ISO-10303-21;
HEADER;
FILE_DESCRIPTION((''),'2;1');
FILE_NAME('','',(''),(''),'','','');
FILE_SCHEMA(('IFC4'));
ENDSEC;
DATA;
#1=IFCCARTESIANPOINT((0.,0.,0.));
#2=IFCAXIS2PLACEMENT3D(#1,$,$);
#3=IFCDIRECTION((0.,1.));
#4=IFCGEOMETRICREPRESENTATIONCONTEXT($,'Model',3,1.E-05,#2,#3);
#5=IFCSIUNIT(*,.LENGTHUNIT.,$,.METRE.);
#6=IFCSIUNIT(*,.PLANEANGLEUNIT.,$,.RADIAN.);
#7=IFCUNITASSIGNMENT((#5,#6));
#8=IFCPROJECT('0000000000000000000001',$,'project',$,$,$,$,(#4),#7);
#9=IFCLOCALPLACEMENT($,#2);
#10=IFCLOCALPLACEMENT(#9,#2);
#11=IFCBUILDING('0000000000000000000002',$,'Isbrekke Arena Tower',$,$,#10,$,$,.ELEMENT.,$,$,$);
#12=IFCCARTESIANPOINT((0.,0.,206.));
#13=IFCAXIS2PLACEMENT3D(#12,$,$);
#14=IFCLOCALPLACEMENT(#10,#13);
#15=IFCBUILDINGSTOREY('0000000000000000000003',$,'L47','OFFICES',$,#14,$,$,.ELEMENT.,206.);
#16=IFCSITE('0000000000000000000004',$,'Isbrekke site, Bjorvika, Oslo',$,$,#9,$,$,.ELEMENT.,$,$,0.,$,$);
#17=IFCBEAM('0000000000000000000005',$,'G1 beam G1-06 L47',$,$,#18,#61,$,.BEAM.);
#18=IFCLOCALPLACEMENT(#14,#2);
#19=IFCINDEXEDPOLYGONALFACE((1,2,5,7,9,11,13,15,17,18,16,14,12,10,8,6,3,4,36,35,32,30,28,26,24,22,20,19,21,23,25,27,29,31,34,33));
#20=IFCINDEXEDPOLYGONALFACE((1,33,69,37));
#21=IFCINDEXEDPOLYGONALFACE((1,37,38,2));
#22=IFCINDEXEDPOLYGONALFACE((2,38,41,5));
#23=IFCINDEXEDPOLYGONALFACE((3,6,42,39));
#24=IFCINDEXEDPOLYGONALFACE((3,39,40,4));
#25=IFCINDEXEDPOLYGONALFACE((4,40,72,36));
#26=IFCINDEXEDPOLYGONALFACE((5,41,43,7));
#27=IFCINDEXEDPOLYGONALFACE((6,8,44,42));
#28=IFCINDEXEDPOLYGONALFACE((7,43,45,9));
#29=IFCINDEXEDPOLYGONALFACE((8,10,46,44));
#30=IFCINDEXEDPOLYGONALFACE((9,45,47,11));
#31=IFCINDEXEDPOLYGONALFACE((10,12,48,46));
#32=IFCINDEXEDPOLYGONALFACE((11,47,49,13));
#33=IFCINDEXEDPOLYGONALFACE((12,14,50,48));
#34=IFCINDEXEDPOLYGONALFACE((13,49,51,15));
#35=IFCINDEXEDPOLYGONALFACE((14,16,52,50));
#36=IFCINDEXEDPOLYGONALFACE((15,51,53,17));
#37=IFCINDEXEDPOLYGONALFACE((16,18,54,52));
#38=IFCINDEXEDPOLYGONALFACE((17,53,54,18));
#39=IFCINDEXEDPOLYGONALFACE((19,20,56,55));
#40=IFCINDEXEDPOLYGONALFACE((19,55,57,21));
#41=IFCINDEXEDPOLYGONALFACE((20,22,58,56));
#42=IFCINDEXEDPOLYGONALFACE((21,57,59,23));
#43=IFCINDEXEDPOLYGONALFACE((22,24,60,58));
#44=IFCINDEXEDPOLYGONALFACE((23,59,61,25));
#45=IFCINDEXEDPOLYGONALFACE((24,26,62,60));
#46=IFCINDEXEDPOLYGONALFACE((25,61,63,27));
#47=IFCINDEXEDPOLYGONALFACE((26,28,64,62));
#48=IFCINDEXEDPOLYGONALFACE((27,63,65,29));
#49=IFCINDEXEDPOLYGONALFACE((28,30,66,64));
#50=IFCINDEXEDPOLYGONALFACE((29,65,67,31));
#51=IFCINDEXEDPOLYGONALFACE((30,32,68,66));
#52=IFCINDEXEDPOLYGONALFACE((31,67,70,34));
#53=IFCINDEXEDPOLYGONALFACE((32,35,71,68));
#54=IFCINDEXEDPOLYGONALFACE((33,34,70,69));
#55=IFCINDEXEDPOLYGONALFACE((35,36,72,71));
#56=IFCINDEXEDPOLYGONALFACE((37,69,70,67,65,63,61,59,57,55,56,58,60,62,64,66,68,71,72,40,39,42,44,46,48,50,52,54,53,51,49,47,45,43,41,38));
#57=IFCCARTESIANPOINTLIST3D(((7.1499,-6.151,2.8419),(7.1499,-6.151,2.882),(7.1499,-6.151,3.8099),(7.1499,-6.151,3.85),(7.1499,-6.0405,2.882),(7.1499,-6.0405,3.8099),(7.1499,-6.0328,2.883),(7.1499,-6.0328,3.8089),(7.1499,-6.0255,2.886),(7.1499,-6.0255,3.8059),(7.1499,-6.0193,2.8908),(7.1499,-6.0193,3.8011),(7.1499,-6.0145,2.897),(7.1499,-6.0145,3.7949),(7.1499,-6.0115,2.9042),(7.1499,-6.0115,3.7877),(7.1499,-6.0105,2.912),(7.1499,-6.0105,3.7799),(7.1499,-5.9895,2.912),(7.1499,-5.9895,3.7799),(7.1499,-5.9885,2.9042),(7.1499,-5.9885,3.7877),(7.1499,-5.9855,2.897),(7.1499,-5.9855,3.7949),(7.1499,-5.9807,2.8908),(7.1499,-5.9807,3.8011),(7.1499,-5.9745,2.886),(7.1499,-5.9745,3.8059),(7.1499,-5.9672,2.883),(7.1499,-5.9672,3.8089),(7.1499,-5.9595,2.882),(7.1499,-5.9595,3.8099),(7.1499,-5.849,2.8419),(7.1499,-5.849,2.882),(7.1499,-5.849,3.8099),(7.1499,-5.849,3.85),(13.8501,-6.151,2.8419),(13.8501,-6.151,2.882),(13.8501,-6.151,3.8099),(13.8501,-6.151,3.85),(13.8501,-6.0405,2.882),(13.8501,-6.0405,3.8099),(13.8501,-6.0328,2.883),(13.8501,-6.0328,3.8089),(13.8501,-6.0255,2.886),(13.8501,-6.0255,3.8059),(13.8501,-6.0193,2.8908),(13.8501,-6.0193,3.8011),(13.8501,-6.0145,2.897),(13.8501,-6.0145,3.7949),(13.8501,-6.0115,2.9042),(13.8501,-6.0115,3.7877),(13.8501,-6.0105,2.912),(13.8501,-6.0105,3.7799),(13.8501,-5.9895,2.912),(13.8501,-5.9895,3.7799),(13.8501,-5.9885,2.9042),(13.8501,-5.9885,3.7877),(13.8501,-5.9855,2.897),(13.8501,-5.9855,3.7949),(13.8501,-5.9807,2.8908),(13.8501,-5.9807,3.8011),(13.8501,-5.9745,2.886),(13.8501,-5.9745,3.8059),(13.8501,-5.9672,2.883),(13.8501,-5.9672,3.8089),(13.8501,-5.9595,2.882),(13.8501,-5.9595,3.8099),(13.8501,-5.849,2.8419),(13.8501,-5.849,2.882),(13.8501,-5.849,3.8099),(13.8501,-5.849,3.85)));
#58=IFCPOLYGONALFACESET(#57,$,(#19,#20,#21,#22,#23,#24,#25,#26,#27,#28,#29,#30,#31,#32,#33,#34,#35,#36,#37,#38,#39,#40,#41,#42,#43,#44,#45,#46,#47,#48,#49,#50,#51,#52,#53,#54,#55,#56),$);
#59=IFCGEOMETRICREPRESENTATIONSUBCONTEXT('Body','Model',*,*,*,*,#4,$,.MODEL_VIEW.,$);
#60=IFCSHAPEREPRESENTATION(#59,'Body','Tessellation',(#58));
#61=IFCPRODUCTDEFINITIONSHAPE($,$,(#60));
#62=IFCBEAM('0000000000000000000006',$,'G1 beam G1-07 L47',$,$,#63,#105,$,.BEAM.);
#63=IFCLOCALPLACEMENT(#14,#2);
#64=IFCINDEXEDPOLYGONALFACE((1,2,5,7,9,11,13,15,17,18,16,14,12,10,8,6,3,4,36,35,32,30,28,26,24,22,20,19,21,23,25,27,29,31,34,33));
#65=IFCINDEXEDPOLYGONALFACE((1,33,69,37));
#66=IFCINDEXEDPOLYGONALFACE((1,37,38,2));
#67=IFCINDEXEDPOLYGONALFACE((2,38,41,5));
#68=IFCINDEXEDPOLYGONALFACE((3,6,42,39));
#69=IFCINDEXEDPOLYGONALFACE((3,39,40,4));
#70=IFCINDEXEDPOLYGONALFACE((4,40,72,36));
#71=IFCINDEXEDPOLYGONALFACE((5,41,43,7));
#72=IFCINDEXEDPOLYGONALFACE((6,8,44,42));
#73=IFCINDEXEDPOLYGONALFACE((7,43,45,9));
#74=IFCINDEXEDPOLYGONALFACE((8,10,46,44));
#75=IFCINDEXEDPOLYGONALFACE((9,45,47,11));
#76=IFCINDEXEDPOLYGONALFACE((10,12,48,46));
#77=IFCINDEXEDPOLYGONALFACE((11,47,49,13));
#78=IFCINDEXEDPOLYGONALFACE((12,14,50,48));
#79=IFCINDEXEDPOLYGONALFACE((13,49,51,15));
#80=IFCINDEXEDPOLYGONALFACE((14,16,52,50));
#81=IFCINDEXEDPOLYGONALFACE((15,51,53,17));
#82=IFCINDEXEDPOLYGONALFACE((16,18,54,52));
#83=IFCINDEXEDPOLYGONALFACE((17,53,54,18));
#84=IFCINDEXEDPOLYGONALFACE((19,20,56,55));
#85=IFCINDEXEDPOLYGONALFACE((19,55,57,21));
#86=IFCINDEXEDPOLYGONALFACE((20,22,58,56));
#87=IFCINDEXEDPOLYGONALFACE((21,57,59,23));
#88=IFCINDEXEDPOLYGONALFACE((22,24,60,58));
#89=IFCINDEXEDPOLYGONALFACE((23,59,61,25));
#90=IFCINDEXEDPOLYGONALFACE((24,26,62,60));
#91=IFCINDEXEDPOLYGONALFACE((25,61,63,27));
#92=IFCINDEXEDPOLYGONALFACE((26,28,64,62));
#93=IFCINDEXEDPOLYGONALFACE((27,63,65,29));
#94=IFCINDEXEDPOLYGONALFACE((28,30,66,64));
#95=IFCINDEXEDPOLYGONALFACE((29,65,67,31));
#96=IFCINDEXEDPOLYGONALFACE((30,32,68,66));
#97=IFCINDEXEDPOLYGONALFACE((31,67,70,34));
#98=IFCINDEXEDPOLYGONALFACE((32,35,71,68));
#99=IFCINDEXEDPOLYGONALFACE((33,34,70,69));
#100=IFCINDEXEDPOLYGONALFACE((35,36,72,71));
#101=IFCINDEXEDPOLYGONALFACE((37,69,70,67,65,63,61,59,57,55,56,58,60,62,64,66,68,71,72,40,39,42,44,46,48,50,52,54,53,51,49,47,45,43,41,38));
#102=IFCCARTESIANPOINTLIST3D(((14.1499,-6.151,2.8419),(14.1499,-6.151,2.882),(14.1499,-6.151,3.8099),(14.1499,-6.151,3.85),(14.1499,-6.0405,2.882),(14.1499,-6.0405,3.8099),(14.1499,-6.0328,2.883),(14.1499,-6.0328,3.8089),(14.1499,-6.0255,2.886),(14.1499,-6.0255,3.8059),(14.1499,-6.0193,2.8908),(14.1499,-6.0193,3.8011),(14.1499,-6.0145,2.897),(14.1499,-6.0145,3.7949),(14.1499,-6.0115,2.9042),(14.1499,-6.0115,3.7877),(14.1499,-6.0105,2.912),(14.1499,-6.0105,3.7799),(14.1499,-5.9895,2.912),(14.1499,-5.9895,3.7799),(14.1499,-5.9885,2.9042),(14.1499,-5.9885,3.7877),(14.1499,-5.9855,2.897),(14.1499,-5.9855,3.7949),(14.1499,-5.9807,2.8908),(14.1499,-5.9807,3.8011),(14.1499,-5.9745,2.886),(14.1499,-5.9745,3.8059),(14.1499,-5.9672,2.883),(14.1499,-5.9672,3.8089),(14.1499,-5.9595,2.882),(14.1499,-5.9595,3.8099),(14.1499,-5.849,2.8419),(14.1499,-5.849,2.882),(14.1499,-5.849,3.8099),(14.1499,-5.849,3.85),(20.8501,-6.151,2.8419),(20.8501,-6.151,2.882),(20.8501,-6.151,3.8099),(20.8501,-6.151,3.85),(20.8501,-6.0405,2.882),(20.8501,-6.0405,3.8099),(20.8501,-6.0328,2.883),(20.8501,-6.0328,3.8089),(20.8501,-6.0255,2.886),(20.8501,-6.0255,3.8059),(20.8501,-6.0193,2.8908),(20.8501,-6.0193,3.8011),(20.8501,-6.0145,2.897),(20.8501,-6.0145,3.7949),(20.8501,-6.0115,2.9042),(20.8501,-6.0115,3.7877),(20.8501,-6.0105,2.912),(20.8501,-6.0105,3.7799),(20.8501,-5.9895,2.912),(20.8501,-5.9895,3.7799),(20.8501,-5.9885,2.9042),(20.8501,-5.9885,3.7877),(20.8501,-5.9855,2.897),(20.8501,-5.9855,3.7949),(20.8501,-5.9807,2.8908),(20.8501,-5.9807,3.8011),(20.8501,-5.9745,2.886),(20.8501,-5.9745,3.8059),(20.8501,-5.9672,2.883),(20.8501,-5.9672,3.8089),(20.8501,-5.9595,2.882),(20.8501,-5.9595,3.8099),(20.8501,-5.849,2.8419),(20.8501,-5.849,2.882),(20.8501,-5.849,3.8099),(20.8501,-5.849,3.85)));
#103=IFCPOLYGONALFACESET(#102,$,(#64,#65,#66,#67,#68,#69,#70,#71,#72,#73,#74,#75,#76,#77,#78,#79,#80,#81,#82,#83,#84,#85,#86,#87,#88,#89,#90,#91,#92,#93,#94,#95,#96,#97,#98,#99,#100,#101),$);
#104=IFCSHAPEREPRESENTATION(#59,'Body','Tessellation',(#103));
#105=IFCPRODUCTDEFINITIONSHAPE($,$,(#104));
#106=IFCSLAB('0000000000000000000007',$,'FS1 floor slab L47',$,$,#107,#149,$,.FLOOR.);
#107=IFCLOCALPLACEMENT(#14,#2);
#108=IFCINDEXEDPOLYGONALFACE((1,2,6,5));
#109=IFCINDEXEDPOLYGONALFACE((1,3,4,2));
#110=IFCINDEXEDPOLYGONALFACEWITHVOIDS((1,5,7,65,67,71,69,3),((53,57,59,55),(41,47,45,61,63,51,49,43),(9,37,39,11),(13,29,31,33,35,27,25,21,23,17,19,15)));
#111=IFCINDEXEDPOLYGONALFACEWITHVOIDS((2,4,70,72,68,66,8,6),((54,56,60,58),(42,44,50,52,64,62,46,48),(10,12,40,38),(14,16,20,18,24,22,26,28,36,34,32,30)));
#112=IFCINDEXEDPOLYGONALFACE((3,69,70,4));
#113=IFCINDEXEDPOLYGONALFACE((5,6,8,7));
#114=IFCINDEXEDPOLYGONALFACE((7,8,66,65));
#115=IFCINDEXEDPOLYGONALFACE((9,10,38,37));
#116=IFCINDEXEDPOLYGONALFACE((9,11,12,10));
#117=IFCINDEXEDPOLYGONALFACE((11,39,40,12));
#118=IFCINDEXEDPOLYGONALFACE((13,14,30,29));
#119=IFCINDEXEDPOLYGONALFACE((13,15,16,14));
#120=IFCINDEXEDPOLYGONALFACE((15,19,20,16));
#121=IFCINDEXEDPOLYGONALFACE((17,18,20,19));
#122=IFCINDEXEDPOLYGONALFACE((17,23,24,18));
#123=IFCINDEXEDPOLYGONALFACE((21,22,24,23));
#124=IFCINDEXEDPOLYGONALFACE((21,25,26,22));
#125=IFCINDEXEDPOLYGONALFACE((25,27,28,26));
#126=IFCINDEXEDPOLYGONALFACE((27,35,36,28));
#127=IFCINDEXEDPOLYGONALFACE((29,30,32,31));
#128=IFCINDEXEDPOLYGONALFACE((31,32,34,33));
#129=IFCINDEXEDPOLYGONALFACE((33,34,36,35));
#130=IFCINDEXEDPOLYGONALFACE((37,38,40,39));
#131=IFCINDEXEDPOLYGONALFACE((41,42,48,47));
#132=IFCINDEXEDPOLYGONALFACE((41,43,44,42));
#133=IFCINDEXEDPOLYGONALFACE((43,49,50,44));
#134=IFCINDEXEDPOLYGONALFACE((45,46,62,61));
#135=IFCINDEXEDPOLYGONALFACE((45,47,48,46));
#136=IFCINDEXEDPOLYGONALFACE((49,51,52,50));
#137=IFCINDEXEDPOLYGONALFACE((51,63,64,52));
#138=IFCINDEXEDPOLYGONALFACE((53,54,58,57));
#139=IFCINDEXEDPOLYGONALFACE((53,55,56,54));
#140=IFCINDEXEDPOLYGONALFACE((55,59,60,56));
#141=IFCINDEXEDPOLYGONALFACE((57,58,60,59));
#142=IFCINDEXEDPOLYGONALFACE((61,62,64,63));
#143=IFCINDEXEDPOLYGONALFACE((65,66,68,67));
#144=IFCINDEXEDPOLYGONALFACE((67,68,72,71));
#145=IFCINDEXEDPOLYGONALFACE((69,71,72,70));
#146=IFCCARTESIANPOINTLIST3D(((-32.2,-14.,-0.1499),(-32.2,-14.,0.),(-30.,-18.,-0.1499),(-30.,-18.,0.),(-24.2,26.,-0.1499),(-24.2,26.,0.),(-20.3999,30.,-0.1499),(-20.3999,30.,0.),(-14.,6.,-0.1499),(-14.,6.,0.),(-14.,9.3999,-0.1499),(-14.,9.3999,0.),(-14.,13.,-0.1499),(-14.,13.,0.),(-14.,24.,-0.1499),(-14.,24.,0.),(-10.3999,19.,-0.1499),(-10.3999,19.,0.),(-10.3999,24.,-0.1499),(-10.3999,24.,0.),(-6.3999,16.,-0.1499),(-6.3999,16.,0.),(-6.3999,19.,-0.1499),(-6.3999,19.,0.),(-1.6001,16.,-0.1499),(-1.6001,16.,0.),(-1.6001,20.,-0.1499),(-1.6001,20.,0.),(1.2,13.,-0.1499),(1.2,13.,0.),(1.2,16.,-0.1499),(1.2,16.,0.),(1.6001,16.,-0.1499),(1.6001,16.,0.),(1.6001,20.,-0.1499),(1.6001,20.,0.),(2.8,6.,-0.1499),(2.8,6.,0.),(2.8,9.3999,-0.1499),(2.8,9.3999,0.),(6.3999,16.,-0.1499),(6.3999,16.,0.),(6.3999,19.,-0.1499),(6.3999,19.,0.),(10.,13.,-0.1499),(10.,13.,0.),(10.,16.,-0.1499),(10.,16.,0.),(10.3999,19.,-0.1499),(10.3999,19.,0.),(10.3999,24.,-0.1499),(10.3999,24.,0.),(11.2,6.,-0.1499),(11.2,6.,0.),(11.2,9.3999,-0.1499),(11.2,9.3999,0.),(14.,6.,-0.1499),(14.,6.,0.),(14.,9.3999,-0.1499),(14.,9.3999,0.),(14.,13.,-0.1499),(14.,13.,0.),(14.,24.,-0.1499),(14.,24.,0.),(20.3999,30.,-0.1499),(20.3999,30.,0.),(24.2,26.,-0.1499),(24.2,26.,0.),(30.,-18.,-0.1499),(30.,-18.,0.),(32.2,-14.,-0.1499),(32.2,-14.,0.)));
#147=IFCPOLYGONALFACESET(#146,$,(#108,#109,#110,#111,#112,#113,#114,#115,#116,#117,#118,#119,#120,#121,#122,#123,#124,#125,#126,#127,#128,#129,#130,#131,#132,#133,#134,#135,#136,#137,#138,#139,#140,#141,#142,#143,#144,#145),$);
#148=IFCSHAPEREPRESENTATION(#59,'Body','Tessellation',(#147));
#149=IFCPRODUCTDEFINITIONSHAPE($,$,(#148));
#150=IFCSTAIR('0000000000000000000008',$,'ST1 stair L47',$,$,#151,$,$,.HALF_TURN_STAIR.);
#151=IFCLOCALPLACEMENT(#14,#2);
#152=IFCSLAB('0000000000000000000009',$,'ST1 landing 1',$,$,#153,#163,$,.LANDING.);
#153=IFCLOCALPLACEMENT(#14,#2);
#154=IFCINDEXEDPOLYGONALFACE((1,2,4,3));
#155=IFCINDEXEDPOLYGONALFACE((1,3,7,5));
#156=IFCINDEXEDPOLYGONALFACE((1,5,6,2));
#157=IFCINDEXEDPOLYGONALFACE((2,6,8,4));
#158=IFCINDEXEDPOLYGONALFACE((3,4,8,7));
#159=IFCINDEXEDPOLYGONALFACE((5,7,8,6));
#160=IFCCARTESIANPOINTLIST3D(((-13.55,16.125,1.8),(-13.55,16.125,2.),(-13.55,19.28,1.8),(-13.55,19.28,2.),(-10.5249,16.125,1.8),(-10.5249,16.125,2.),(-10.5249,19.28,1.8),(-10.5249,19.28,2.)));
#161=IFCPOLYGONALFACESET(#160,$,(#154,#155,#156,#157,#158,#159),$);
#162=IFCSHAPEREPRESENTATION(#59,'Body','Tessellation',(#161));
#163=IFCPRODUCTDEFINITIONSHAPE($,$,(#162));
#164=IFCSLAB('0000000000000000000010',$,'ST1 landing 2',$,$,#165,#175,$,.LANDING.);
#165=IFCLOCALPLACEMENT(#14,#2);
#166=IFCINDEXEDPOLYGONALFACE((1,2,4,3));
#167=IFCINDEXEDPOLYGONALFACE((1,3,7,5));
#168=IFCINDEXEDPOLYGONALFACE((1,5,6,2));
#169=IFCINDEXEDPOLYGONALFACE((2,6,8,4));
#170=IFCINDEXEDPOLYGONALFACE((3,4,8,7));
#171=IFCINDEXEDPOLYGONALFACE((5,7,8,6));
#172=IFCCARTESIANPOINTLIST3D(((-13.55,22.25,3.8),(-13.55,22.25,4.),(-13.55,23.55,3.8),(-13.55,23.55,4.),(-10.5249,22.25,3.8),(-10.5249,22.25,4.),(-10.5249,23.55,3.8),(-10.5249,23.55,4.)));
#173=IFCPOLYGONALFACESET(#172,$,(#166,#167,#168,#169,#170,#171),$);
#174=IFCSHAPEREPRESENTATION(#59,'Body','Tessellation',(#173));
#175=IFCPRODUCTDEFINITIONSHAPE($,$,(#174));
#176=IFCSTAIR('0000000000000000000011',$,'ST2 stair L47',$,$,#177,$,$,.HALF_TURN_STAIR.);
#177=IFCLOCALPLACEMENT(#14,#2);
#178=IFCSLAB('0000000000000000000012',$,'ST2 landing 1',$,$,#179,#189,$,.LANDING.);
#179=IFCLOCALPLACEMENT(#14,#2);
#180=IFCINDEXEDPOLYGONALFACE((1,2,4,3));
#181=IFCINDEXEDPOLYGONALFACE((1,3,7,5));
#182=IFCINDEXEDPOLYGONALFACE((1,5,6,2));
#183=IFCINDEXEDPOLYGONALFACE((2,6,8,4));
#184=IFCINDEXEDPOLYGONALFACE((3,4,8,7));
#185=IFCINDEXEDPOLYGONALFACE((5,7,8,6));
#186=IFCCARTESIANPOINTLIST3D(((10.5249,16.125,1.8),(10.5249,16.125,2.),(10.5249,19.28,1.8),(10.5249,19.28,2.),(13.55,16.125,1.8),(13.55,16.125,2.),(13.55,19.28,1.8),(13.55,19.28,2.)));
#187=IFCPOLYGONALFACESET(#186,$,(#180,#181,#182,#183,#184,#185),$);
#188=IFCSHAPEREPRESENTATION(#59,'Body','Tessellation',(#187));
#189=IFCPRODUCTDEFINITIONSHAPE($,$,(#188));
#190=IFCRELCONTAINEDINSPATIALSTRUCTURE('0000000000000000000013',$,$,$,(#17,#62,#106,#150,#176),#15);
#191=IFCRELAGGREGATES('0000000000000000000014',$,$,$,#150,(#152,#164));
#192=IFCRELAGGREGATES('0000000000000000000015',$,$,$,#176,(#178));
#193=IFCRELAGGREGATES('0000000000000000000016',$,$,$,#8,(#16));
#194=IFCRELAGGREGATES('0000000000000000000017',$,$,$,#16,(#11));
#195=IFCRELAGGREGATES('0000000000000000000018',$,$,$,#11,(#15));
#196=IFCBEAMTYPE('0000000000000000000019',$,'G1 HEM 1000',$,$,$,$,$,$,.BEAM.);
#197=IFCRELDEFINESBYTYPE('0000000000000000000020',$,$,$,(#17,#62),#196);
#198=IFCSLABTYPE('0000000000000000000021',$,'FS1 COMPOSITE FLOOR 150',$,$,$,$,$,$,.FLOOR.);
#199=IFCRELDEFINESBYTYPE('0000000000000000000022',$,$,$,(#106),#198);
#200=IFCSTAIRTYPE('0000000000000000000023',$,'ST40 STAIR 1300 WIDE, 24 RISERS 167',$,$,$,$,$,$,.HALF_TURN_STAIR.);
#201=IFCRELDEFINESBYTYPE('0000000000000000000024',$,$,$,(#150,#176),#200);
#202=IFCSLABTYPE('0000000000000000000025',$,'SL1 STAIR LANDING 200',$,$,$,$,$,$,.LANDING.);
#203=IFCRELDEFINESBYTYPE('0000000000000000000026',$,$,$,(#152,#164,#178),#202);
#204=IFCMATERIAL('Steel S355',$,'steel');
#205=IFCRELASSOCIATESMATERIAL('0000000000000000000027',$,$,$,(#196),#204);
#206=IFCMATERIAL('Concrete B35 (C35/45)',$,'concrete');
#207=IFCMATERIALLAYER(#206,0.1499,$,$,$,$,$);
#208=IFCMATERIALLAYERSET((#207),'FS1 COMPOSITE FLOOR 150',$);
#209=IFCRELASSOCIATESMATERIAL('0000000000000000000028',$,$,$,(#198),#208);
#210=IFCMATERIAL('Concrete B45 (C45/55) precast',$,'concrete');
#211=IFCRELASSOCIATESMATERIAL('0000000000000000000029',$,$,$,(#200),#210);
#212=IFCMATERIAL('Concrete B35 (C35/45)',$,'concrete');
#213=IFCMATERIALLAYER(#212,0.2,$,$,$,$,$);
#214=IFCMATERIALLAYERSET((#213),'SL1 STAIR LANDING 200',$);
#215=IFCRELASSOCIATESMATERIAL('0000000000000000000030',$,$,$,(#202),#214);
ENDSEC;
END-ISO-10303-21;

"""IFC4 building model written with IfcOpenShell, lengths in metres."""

from ifc_helpers import new_model, si_unit, direction, frame, origin, origin_2d, place, context, subcontext, project, spatial, polyline, i_section, outline, extrude, material, layer, layer_set, material_profile, profile_set, type_object, element, aggregate, save


model = new_model("IFC4")

# Units and contexts
model_context = context("Model", 3, precision=1e-05, world=origin(), true_north=direction((0.0, 1.0)))
body_context = subcontext(model_context, "Body", "Model", "MODEL_VIEW")
ifc_project = project(units=[si_unit("LENGTHUNIT", "METRE"), si_unit("PLANEANGLEUNIT", "RADIAN")], contexts=[model_context])

# Site, building, storey
site_placement = place(None, origin())
site = spatial("IfcSite", under=ifc_project, at=site_placement, Name="Isbrekke site, Bjorvika, Oslo", CompositionType="ELEMENT", RefElevation=0.0)
building_placement = place(site_placement, origin())
building = spatial("IfcBuilding", under=site, at=building_placement, Name="Isbrekke Arena Tower", CompositionType="ELEMENT")
storey_placement = place(building_placement, frame((0.0, 0.0, 206.0)))
storey = spatial("IfcBuildingStorey", under=building, at=storey_placement, Name="L47", Description="OFFICES", CompositionType="ELEMENT", Elevation=206.0)

# Beams
ifc_material_1 = material(Name="Steel S355", Category="steel")
ifc_material_profile_1 = material_profile(ifc_material_1, i_section(OverallWidth=0.302, OverallDepth=1.0081, WebThickness=0.021, FlangeThickness=0.04, FilletRadius=0.03, at=origin_2d()), Name="HEM 1000")
ifc_profile_set_1 = profile_set([ifc_material_profile_1], Name="Steel S355")
beam_type_1 = type_object("IfcBeamType", Name="G1 HEM 1000", PredefinedType="BEAM", material=ifc_profile_set_1)
for number, where, z_axis, x_axis, name in (
    (1, (7.1499, -6.0, 3.3459), (1.0, 0.0, 0.0), (0.0, 1.0, 0.0), "G1 beam G1-06 L47"),
    (2, (14.1499, -6.0, 3.3459), (1.0, 0.0, 0.0), (0.0, 1.0, 0.0), "G1 beam G1-07 L47"),
):
    element("IfcBeam", number, at=place(storey_placement, frame(where, z_axis=z_axis, x_axis=x_axis)), inside=storey, type_object=beam_type_1, Name=name, PredefinedType="BEAM", context=body_context, shape_type="SweptSolid", body=[
        extrude(i_section(OverallWidth=0.302, OverallDepth=1.0081, WebThickness=0.021, FlangeThickness=0.04, FilletRadius=0.03, at=origin_2d()), origin(), (0.0, 0.0, 1.0), 6.7002),
    ])

# Slab
ifc_material_2 = material(Name="Concrete B35 (C35/45)", Category="concrete")
ifc_layer_1 = layer(ifc_material_2, 0.1499)
ifc_layer_set_1 = layer_set([ifc_layer_1], Name="FS1 COMPOSITE FLOOR 150")
slab_type_1 = type_object("IfcSlabType", Name="FS1 COMPOSITE FLOOR 150", PredefinedType="FLOOR", material=ifc_layer_set_1)
slab_1_placement = place(storey_placement, frame((0.0, 0.0, -0.1499)))
element("IfcSlab", 3, at=slab_1_placement, inside=storey, type_object=slab_type_1, Name="FS1 floor slab L47", PredefinedType="FLOOR", context=body_context, shape_type="SweptSolid", body=[
    extrude(outline(polyline([(-30.0, -18.0), (30.0, -18.0), (32.2, -14.0), (24.2, 26.0), (20.3999, 30.0), (-20.3999, 30.0), (-24.2, 26.0), (-32.2, -14.0), (-30.0, -18.0)]), holes=[polyline([(2.8, 9.3999), (2.8, 6.0), (-14.0, 6.0), (-14.0, 9.3999), (2.8, 9.3999)]), polyline([(11.2, 6.0), (11.2, 9.3999), (14.0, 9.3999), (14.0, 6.0), (11.2, 6.0)]), polyline([(-14.0, 13.0), (-14.0, 24.0), (-10.3999, 24.0), (-10.3999, 19.0), (-6.3999, 19.0), (-6.3999, 16.0), (-1.6001, 16.0), (-1.6001, 20.0), (1.6001, 20.0), (1.6001, 16.0), (1.2, 16.0), (1.2, 13.0), (-14.0, 13.0)]), polyline([(10.0, 13.0), (10.0, 16.0), (6.3999, 16.0), (6.3999, 19.0), (10.3999, 19.0), (10.3999, 24.0), (14.0, 24.0), (14.0, 13.0), (10.0, 13.0)])]), origin(), (0.0, 0.0, 1.0), 0.1499),
])

# Stairs, slabs
ifc_material_3 = material(Name="Concrete B45 (C45/55) precast", Category="concrete")
stair_type = type_object("IfcStairType", Name="ST40 STAIR 1300 WIDE, 24 RISERS 167", PredefinedType="HALF_TURN_STAIR", material=ifc_material_3)
stair_1_placement = place(storey_placement, origin())
stair_1 = element("IfcStair", 4, at=stair_1_placement, inside=storey, type_object=stair_type, Name="ST1 stair L47", PredefinedType="HALF_TURN_STAIR")
ifc_material_4 = material(Name="Concrete B35 (C35/45)", Category="concrete")
ifc_layer_2 = layer(ifc_material_4, 0.2)
ifc_layer_set_2 = layer_set([ifc_layer_2], Name="SL1 STAIR LANDING 200")
slab_type_2 = type_object("IfcSlabType", Name="SL1 STAIR LANDING 200", PredefinedType="LANDING", material=ifc_layer_set_2)
slab_2_placement = place(storey_placement, frame((0.0, 0.0, 1.8)))
slab_2 = element("IfcSlab", 5, at=slab_2_placement, type_object=slab_type_2, Name="ST1 landing 1", PredefinedType="LANDING", context=body_context, shape_type="SweptSolid", body=[
    extrude(outline(polyline([(-13.55, 16.125), (-10.5249, 16.125), (-10.5249, 19.28), (-13.55, 19.28), (-13.55, 16.125)])), origin(), (0.0, 0.0, 1.0), 0.2),
])
slab_3_placement = place(storey_placement, frame((0.0, 0.0, 3.8)))
slab_3 = element("IfcSlab", 6, at=slab_3_placement, type_object=slab_type_2, Name="ST1 landing 2", PredefinedType="LANDING", context=body_context, shape_type="SweptSolid", body=[
    extrude(outline(polyline([(-13.55, 22.25), (-10.5249, 22.25), (-10.5249, 23.55), (-13.55, 23.55), (-13.55, 22.25)])), origin(), (0.0, 0.0, 1.0), 0.2),
])
aggregate(stair_1, [slab_2, slab_3])
stair_2_placement = place(storey_placement, origin())
stair_2 = element("IfcStair", 7, at=stair_2_placement, inside=storey, type_object=stair_type, Name="ST2 stair L47", PredefinedType="HALF_TURN_STAIR")
slab_4_placement = place(storey_placement, frame((0.0, 0.0, 1.8)))
slab_4 = element("IfcSlab", 8, at=slab_4_placement, type_object=slab_type_2, Name="ST2 landing 1", PredefinedType="LANDING", context=body_context, shape_type="SweptSolid", body=[
    extrude(outline(polyline([(10.5249, 16.125), (13.55, 16.125), (13.55, 19.28), (10.5249, 19.28), (10.5249, 16.125)])), origin(), (0.0, 0.0, 1.0), 0.2),
])
aggregate(stair_2, [slab_4])

save(model, "model.ifc")
